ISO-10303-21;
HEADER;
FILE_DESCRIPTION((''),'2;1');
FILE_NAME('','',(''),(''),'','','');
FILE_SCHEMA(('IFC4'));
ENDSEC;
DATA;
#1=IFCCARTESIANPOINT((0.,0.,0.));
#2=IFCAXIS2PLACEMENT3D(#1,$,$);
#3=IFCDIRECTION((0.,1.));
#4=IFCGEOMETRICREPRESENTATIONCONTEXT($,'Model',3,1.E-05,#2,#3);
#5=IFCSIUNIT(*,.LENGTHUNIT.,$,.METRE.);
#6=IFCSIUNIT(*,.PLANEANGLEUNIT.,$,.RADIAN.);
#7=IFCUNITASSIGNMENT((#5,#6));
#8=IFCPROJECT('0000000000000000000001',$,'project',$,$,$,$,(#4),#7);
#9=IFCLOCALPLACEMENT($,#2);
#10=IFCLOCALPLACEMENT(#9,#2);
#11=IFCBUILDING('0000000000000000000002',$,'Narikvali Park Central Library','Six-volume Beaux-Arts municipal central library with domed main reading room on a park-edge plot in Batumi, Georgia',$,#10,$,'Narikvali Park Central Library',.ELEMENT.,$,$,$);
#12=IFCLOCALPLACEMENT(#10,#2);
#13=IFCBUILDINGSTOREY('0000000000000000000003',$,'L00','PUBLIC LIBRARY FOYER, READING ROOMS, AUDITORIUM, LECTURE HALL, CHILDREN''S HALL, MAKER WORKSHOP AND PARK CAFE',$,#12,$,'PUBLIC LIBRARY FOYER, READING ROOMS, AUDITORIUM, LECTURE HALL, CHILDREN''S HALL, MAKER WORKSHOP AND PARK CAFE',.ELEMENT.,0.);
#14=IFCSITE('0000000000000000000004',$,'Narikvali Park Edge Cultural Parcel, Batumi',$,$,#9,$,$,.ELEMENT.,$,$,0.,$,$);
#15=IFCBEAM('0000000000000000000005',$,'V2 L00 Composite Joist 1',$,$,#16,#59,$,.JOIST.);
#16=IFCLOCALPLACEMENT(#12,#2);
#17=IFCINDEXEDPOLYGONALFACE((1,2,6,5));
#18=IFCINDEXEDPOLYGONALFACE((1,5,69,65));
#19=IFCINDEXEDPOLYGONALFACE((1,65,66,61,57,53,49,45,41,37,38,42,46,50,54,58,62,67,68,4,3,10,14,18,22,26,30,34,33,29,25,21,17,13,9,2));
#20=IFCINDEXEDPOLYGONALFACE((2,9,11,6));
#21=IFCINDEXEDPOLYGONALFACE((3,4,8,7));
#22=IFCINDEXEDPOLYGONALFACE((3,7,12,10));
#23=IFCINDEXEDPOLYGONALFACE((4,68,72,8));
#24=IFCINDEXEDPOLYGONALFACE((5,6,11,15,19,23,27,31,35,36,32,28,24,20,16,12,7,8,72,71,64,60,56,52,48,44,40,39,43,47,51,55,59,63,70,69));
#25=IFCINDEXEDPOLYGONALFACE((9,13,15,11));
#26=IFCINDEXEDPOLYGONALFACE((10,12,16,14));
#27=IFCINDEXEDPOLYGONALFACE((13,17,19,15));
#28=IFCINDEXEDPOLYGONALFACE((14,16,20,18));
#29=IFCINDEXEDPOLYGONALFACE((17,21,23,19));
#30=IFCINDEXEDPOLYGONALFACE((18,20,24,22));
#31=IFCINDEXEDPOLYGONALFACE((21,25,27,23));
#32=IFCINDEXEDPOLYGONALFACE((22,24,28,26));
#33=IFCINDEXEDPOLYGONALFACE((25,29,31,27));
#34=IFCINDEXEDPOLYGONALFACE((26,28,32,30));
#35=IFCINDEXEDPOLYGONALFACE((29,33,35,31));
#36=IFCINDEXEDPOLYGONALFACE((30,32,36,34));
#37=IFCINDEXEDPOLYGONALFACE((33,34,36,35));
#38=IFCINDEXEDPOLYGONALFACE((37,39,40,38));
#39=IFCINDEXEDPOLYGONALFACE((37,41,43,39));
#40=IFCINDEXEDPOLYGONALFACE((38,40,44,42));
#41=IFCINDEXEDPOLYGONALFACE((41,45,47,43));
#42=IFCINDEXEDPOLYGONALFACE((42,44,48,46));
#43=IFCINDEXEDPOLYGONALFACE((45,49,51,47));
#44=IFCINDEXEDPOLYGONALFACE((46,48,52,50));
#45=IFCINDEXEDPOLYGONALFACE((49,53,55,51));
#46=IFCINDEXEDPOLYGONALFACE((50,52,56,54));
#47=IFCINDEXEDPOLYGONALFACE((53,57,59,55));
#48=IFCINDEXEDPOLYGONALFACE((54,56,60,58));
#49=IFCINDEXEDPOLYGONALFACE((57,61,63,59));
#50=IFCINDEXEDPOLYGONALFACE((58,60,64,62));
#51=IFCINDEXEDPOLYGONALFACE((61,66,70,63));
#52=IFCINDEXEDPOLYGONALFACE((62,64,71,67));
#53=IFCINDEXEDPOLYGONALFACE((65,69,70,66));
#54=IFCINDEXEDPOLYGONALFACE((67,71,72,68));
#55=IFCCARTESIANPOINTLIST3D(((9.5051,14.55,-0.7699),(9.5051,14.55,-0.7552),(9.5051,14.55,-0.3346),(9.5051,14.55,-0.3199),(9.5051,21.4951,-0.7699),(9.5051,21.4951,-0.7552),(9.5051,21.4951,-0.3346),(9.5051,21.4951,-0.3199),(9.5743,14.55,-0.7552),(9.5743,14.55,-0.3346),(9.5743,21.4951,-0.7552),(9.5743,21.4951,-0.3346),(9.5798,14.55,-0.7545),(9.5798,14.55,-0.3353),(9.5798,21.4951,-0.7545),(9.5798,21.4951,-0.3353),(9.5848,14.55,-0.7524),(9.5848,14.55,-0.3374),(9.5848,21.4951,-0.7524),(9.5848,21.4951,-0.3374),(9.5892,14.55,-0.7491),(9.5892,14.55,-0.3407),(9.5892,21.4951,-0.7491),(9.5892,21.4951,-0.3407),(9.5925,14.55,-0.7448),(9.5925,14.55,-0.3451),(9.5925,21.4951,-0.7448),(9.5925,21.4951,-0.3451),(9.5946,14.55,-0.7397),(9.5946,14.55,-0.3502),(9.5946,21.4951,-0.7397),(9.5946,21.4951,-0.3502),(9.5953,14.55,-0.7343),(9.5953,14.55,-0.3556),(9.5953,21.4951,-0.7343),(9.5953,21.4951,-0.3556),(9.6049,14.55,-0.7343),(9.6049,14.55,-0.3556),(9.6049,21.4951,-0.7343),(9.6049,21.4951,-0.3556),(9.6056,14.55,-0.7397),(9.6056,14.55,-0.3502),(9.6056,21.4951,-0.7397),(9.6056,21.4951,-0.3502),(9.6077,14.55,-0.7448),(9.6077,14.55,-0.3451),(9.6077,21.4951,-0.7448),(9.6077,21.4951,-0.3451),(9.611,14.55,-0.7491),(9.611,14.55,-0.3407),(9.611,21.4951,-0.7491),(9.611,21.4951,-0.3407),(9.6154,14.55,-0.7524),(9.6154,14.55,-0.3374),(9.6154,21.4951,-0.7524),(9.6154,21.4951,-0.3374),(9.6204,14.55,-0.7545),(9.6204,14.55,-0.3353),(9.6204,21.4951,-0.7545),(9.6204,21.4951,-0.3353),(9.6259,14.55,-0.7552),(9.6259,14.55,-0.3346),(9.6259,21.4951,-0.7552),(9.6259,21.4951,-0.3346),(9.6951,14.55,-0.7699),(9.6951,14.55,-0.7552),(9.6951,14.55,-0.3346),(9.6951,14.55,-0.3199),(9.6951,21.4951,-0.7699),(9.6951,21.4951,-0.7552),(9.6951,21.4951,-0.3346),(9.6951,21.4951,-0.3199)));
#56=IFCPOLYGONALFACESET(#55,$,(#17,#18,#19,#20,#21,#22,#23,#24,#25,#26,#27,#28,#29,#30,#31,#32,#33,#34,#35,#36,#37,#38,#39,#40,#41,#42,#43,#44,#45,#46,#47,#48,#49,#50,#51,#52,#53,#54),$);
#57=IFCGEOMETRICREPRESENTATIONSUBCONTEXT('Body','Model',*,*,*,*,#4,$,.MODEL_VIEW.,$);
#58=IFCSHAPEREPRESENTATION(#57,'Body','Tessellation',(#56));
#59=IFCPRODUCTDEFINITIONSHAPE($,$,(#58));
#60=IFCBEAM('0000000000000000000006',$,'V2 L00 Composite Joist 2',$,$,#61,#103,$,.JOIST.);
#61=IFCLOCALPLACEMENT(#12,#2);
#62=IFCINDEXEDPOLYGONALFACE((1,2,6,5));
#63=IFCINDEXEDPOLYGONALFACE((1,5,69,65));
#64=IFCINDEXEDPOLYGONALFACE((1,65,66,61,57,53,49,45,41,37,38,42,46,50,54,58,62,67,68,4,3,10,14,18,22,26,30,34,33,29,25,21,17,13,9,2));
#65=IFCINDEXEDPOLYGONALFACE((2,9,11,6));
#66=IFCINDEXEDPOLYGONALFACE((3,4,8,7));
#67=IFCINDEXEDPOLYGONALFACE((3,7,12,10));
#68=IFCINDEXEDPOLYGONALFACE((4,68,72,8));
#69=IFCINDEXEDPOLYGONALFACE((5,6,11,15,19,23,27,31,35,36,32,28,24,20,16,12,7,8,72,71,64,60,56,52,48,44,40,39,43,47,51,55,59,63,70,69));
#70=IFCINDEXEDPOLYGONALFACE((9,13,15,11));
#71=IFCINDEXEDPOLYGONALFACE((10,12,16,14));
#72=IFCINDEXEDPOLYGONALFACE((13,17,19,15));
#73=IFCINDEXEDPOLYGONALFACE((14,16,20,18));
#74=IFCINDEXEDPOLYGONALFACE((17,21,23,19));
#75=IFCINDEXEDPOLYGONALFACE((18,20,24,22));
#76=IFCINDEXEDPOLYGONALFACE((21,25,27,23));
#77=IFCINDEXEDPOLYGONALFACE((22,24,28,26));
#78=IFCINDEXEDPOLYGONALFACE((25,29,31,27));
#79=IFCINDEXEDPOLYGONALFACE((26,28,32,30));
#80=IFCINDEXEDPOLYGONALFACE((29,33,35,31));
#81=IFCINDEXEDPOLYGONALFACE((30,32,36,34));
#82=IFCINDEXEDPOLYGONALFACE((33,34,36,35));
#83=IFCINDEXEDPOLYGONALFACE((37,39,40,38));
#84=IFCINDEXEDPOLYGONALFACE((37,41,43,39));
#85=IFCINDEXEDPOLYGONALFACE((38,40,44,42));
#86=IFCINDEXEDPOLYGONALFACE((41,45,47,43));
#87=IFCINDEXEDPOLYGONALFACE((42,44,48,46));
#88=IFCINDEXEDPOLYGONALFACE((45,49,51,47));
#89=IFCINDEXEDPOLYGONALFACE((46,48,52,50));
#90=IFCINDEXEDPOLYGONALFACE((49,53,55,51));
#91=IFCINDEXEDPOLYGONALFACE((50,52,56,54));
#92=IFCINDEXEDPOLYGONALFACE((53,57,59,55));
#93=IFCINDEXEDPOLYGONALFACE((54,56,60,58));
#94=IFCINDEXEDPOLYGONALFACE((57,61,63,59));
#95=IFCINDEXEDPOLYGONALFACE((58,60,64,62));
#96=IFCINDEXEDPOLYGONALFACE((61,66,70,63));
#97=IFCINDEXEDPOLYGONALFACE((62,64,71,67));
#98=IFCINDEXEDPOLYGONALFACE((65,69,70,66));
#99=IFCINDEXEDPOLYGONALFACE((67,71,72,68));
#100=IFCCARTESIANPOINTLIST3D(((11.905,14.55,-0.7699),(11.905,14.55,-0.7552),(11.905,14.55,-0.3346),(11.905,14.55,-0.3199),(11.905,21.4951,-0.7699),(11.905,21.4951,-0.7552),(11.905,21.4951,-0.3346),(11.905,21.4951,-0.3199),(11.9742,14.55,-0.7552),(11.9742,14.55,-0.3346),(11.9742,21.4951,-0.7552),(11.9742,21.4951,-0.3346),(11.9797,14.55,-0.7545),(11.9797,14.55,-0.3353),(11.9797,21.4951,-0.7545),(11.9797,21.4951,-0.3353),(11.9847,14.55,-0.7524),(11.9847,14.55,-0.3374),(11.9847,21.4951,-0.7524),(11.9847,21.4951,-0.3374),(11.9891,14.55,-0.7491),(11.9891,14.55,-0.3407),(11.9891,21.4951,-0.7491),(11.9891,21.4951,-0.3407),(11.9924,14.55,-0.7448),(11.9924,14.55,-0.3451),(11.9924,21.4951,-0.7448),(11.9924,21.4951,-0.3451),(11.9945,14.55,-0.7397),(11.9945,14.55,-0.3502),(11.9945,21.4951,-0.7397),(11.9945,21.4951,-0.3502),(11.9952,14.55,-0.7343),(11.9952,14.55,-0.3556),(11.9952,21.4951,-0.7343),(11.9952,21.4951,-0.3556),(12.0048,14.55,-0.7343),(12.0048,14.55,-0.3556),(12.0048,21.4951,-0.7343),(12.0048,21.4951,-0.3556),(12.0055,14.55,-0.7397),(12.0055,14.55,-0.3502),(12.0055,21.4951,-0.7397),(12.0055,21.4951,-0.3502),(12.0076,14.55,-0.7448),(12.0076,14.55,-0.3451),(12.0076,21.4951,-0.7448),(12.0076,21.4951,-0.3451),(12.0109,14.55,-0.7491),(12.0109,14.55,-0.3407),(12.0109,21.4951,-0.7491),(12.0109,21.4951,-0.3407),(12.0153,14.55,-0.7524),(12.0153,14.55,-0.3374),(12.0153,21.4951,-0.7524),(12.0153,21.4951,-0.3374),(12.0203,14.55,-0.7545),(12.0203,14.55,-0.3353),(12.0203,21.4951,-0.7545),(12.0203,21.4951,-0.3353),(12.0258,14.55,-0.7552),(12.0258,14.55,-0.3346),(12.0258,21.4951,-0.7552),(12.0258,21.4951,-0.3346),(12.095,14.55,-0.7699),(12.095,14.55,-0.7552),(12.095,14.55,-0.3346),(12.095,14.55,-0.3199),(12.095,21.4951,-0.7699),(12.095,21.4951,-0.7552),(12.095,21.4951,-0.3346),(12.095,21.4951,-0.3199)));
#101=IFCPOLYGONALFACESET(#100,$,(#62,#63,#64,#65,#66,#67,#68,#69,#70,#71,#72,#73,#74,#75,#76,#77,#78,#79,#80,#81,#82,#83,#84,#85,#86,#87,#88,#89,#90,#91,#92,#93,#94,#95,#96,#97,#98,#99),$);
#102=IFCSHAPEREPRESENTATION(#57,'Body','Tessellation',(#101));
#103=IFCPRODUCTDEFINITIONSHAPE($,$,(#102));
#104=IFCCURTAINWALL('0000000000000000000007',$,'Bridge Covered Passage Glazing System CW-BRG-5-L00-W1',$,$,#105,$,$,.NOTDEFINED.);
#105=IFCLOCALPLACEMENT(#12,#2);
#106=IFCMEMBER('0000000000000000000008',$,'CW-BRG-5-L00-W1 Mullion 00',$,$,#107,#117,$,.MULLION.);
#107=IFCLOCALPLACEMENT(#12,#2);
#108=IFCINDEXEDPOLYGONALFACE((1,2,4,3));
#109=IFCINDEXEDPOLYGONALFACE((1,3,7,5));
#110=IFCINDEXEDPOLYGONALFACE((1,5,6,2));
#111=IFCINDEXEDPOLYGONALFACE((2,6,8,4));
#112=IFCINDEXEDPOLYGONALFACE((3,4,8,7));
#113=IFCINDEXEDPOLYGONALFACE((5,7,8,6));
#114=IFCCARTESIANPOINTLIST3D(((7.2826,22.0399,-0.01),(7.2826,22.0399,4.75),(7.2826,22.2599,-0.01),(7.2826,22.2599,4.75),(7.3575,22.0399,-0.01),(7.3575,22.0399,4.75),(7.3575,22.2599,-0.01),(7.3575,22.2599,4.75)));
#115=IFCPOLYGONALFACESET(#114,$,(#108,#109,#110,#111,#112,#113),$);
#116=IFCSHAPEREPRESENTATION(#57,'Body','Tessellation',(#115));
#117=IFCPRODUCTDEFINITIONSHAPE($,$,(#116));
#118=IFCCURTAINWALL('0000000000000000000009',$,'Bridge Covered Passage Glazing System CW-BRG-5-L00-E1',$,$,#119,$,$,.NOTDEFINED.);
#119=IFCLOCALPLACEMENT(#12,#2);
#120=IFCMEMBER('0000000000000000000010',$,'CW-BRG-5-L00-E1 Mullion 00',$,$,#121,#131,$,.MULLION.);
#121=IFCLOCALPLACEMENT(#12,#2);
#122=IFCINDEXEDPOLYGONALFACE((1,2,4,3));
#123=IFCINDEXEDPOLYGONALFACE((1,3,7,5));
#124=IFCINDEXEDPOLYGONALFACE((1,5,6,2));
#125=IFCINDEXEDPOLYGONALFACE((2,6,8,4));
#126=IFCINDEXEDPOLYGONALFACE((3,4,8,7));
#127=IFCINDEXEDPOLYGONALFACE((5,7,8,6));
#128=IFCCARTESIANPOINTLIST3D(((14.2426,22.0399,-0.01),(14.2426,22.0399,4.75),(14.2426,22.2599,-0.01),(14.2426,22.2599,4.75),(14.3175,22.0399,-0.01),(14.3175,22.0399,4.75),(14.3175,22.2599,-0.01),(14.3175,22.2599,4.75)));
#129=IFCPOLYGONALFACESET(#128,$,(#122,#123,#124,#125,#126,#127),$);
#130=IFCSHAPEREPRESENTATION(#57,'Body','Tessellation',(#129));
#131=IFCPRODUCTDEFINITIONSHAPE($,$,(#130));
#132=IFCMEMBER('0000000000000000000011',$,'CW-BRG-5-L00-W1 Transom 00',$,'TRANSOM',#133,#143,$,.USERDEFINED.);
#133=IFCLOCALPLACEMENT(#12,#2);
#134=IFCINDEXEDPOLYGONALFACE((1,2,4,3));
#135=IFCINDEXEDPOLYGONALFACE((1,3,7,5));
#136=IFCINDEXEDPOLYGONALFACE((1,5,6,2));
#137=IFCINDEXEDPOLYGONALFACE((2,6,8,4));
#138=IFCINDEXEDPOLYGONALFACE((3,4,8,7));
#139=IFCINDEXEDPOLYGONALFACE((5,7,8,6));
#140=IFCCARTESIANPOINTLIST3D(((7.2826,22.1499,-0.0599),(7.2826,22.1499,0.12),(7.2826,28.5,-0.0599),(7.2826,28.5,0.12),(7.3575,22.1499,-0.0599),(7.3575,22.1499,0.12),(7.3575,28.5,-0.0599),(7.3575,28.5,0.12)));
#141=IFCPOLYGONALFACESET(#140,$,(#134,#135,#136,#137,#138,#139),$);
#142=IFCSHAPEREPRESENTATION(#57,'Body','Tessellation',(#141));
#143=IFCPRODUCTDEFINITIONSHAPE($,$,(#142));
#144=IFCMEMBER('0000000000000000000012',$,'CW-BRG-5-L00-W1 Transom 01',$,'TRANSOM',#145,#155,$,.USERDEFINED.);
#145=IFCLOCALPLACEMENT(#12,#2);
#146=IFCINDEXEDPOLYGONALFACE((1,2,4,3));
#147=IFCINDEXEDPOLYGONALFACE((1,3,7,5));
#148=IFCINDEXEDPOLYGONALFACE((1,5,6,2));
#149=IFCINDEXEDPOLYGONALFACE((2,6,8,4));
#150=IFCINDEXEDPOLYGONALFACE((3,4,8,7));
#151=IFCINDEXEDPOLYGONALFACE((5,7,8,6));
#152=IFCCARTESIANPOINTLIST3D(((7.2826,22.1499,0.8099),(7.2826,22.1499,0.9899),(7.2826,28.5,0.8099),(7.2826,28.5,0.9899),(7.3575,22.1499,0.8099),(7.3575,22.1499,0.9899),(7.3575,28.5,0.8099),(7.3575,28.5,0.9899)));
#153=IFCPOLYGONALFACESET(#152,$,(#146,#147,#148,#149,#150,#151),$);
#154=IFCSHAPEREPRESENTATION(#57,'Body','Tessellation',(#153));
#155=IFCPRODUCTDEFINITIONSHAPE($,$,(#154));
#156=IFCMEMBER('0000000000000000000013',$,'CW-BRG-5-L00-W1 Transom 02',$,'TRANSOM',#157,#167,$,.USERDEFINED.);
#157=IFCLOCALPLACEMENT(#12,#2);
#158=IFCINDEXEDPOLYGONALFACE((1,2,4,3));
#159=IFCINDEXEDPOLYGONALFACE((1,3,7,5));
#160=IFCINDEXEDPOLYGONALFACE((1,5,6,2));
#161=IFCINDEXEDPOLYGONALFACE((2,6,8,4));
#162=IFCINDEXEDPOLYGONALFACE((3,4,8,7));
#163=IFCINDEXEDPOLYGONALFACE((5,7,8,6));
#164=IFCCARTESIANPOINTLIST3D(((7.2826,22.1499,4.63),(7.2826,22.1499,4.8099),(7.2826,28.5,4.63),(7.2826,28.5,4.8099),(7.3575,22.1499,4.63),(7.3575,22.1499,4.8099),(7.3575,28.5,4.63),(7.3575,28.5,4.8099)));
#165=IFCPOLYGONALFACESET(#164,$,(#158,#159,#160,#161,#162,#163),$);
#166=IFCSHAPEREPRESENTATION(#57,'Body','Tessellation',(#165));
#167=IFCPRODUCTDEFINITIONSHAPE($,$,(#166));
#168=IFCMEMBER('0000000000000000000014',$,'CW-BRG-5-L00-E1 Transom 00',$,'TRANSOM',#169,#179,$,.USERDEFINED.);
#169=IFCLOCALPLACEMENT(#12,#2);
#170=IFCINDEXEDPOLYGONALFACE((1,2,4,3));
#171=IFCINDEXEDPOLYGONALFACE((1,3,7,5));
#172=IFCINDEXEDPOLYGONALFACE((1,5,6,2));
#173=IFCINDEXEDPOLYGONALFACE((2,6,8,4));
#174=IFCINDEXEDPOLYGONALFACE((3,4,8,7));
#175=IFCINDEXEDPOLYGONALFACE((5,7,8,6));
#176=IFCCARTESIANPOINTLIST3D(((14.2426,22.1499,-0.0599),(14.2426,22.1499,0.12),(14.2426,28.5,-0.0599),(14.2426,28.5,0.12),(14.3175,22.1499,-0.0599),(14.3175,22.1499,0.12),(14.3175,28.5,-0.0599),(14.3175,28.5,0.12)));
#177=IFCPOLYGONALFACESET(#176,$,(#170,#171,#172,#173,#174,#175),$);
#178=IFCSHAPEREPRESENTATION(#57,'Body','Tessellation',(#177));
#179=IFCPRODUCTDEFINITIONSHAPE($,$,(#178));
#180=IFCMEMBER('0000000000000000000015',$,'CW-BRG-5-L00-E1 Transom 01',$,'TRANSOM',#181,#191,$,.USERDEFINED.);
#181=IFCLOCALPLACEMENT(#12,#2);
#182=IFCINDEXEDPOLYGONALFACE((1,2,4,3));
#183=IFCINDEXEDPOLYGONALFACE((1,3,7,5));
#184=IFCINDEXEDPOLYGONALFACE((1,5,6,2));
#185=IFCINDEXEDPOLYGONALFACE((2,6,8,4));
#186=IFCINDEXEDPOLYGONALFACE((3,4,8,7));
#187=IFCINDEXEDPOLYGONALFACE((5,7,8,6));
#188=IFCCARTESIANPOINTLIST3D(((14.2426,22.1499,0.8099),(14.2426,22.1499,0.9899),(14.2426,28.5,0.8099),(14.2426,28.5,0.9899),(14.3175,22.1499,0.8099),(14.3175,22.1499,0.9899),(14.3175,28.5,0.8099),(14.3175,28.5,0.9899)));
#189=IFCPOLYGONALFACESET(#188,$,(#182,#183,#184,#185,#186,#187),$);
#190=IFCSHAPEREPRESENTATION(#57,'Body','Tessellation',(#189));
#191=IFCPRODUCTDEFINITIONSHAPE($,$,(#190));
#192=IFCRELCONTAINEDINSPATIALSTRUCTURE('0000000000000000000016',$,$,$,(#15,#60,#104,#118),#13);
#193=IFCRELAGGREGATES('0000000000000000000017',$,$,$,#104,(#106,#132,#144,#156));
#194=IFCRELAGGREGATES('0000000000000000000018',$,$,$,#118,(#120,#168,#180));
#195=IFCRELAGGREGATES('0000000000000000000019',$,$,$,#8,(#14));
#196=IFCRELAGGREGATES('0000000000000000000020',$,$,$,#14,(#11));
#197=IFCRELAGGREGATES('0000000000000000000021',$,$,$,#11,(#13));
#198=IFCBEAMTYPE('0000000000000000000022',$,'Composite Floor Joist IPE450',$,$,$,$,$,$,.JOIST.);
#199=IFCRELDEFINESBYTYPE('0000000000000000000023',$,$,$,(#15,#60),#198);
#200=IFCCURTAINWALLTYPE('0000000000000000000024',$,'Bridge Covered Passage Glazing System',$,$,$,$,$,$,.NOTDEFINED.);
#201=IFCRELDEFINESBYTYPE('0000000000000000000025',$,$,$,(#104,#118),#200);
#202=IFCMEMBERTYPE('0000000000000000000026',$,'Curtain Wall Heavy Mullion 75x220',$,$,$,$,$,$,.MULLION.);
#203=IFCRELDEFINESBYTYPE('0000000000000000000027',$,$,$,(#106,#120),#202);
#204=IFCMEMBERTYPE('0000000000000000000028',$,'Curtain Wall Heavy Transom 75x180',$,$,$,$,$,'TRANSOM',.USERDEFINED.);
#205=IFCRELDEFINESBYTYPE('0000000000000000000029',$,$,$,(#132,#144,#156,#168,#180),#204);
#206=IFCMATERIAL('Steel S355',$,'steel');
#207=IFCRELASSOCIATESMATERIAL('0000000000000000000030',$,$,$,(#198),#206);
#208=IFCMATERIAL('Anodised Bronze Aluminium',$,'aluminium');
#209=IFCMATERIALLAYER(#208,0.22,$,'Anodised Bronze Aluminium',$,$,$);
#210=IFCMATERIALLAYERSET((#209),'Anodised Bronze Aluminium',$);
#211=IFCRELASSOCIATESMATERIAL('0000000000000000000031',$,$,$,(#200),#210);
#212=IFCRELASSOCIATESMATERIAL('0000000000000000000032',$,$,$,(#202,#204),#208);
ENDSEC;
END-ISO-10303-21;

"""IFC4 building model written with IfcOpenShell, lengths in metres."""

from ifc_helpers import new_model, si_unit, direction, frame, origin, origin_2d, place, context, subcontext, project, spatial, rectangle, i_section, extrude, material, layer, layer_set, material_profile, profile_set, type_object, element, aggregate, save


model = new_model("IFC4")

# Units and contexts
model_context = context("Model", 3, precision=1e-05, world=origin(), true_north=direction((0.0, 1.0)))
body_context = subcontext(model_context, "Body", "Model", "MODEL_VIEW")
ifc_project = project(units=[si_unit("LENGTHUNIT", "METRE"), si_unit("PLANEANGLEUNIT", "RADIAN")], contexts=[model_context])

# Site, building, storey
site_placement = place(None, origin())
site = spatial("IfcSite", under=ifc_project, at=site_placement, Name="Narikvali Park Edge Cultural Parcel, Batumi", CompositionType="ELEMENT", RefElevation=0.0)
building_placement = place(site_placement, origin())
building = spatial("IfcBuilding", under=site, at=building_placement, Name="Narikvali Park Central Library", Description="Six-volume Beaux-Arts municipal central library with domed main reading room on a park-edge plot in Batumi, Georgia", LongName="Narikvali Park Central Library", CompositionType="ELEMENT")
storey_placement = place(building_placement, origin())
storey = spatial("IfcBuildingStorey", under=building, at=storey_placement, Name="L00", Description="PUBLIC LIBRARY FOYER, READING ROOMS, AUDITORIUM, LECTURE HALL, CHILDREN'S HALL, MAKER WORKSHOP AND PARK CAFE", LongName="PUBLIC LIBRARY FOYER, READING ROOMS, AUDITORIUM, LECTURE HALL, CHILDREN'S HALL, MAKER WORKSHOP AND PARK CAFE", CompositionType="ELEMENT", Elevation=0.0)

# Shared definitions
ifc_material_1 = material(Name="Steel S355", Category="steel")

# Beams
ifc_material_profile_1 = material_profile(ifc_material_1, i_section(OverallWidth=0.1899, OverallDepth=0.45, WebThickness=0.0095, FlangeThickness=0.0146, FilletRadius=0.021, at=origin_2d()), Name="IPE 450")
ifc_profile_set_1 = profile_set([ifc_material_profile_1], Name="Steel S355")
beam_type_1 = type_object("IfcBeamType", Name="Composite Floor Joist IPE450", PredefinedType="JOIST", material=ifc_profile_set_1)
for number, where, z_axis, x_axis, name in (
    (1, (9.6001, 14.55, -0.5449), (0.0, 1.0, 0.0), (-1.0, 0.0, 0.0), "V2 L00 Composite Joist 1"),
    (2, (12.0, 14.55, -0.5449), (0.0, 1.0, 0.0), (-1.0, 0.0, 0.0), "V2 L00 Composite Joist 2"),
):
    element("IfcBeam", number, at=place(storey_placement, frame(where, z_axis=z_axis, x_axis=x_axis)), inside=storey, type_object=beam_type_1, Name=name, PredefinedType="JOIST", context=body_context, shape_type="SweptSolid", body=[
        extrude(i_section(OverallWidth=0.1899, OverallDepth=0.45, WebThickness=0.0095, FlangeThickness=0.0146, FilletRadius=0.021, at=origin_2d()), origin(), (0.0, 0.0, 1.0), 6.9451),
    ])

# Curtain walls, members
ifc_material_2 = material(Name="Anodised Bronze Aluminium", Category="aluminium")
ifc_layer_1 = layer(ifc_material_2, 0.22, Name="Anodised Bronze Aluminium")
ifc_layer_set_1 = layer_set([ifc_layer_1], Name="Anodised Bronze Aluminium")
curtain_wall_type = type_object("IfcCurtainWallType", Name="Bridge Covered Passage Glazing System", PredefinedType="NOTDEFINED", material=ifc_layer_set_1)
curtain_wall_1_placement = place(storey_placement, origin())
curtain_wall_1 = element("IfcCurtainWall", 3, at=curtain_wall_1_placement, inside=storey, type_object=curtain_wall_type, Name="Bridge Covered Passage Glazing System CW-BRG-5-L00-W1", PredefinedType="NOTDEFINED")
ifc_material_profile_2 = material_profile(ifc_material_2, rectangle(XDim=0.075, YDim=0.22, at=origin_2d()), Name="CW MULLION 75x220")
ifc_profile_set_2 = profile_set([ifc_material_profile_2], Name="Anodised Bronze Aluminium")
member_type_1 = type_object("IfcMemberType", Name="Curtain Wall Heavy Mullion 75x220", PredefinedType="MULLION", material=ifc_profile_set_2)
member_1_placement = place(storey_placement, frame((7.3201, 22.1499, -0.01), z_axis=(0.0, 0.0, 1.0), x_axis=(1.0, 0.0, 0.0)))
member_1 = element("IfcMember", 4, at=member_1_placement, type_object=member_type_1, Name="CW-BRG-5-L00-W1 Mullion 00", PredefinedType="MULLION", context=body_context, shape_type="SweptSolid", body=[
    extrude(rectangle(XDim=0.075, YDim=0.22, at=origin_2d()), origin(), (0.0, 0.0, 1.0), 4.76),
])
curtain_wall_2_placement = place(storey_placement, origin())
curtain_wall_2 = element("IfcCurtainWall", 5, at=curtain_wall_2_placement, inside=storey, type_object=curtain_wall_type, Name="Bridge Covered Passage Glazing System CW-BRG-5-L00-E1", PredefinedType="NOTDEFINED")
member_2_placement = place(storey_placement, frame((14.28, 22.1499, -0.01), z_axis=(0.0, 0.0, 1.0), x_axis=(1.0, 0.0, 0.0)))
member_2 = element("IfcMember", 6, at=member_2_placement, type_object=member_type_1, Name="CW-BRG-5-L00-E1 Mullion 00", PredefinedType="MULLION", context=body_context, shape_type="SweptSolid", body=[
    extrude(rectangle(XDim=0.075, YDim=0.22, at=origin_2d()), origin(), (0.0, 0.0, 1.0), 4.76),
])

# Members
ifc_material_profile_3 = material_profile(ifc_material_2, rectangle(XDim=0.075, YDim=0.1799, at=origin_2d()), Name="CW TRANSOM 75x180")
ifc_profile_set_3 = profile_set([ifc_material_profile_3], Name="Anodised Bronze Aluminium")
member_type_2 = type_object("IfcMemberType", Name="Curtain Wall Heavy Transom 75x180", ElementType="TRANSOM", PredefinedType="USERDEFINED", material=ifc_profile_set_3)
member_3_placement = place(storey_placement, frame((7.3201, 22.1499, 0.03), z_axis=(0.0, 1.0, 0.0), x_axis=(-1.0, 0.0, 0.0)))
member_3 = element("IfcMember", 7, at=member_3_placement, type_object=member_type_2, Name="CW-BRG-5-L00-W1 Transom 00", ObjectType="TRANSOM", PredefinedType="USERDEFINED", context=body_context, shape_type="SweptSolid", body=[
    extrude(rectangle(XDim=0.075, YDim=0.1799, at=origin_2d()), origin(), (0.0, 0.0, 1.0), 6.3501),
])
member_4_placement = place(storey_placement, frame((7.3201, 22.1499, 0.8999), z_axis=(0.0, 1.0, 0.0), x_axis=(-1.0, 0.0, 0.0)))
member_4 = element("IfcMember", 8, at=member_4_placement, type_object=member_type_2, Name="CW-BRG-5-L00-W1 Transom 01", ObjectType="TRANSOM", PredefinedType="USERDEFINED", context=body_context, shape_type="SweptSolid", body=[
    extrude(rectangle(XDim=0.075, YDim=0.1799, at=origin_2d()), origin(), (0.0, 0.0, 1.0), 6.3501),
])
member_5_placement = place(storey_placement, frame((7.3201, 22.1499, 4.72), z_axis=(0.0, 1.0, 0.0), x_axis=(-1.0, 0.0, 0.0)))
member_5 = element("IfcMember", 9, at=member_5_placement, type_object=member_type_2, Name="CW-BRG-5-L00-W1 Transom 02", ObjectType="TRANSOM", PredefinedType="USERDEFINED", context=body_context, shape_type="SweptSolid", body=[
    extrude(rectangle(XDim=0.075, YDim=0.1799, at=origin_2d()), origin(), (0.0, 0.0, 1.0), 6.3501),
])
aggregate(curtain_wall_1, [member_1, member_3, member_4, member_5])
member_6_placement = place(storey_placement, frame((14.28, 22.1499, 0.03), z_axis=(0.0, 1.0, 0.0), x_axis=(-1.0, 0.0, 0.0)))
member_6 = element("IfcMember", 10, at=member_6_placement, type_object=member_type_2, Name="CW-BRG-5-L00-E1 Transom 00", ObjectType="TRANSOM", PredefinedType="USERDEFINED", context=body_context, shape_type="SweptSolid", body=[
    extrude(rectangle(XDim=0.075, YDim=0.1799, at=origin_2d()), origin(), (0.0, 0.0, 1.0), 6.3501),
])
member_7_placement = place(storey_placement, frame((14.28, 22.1499, 0.8999), z_axis=(0.0, 1.0, 0.0), x_axis=(-1.0, 0.0, 0.0)))
member_7 = element("IfcMember", 11, at=member_7_placement, type_object=member_type_2, Name="CW-BRG-5-L00-E1 Transom 01", ObjectType="TRANSOM", PredefinedType="USERDEFINED", context=body_context, shape_type="SweptSolid", body=[
    extrude(rectangle(XDim=0.075, YDim=0.1799, at=origin_2d()), origin(), (0.0, 0.0, 1.0), 6.3501),
])
aggregate(curtain_wall_2, [member_2, member_6, member_7])

save(model, "model.ifc")
